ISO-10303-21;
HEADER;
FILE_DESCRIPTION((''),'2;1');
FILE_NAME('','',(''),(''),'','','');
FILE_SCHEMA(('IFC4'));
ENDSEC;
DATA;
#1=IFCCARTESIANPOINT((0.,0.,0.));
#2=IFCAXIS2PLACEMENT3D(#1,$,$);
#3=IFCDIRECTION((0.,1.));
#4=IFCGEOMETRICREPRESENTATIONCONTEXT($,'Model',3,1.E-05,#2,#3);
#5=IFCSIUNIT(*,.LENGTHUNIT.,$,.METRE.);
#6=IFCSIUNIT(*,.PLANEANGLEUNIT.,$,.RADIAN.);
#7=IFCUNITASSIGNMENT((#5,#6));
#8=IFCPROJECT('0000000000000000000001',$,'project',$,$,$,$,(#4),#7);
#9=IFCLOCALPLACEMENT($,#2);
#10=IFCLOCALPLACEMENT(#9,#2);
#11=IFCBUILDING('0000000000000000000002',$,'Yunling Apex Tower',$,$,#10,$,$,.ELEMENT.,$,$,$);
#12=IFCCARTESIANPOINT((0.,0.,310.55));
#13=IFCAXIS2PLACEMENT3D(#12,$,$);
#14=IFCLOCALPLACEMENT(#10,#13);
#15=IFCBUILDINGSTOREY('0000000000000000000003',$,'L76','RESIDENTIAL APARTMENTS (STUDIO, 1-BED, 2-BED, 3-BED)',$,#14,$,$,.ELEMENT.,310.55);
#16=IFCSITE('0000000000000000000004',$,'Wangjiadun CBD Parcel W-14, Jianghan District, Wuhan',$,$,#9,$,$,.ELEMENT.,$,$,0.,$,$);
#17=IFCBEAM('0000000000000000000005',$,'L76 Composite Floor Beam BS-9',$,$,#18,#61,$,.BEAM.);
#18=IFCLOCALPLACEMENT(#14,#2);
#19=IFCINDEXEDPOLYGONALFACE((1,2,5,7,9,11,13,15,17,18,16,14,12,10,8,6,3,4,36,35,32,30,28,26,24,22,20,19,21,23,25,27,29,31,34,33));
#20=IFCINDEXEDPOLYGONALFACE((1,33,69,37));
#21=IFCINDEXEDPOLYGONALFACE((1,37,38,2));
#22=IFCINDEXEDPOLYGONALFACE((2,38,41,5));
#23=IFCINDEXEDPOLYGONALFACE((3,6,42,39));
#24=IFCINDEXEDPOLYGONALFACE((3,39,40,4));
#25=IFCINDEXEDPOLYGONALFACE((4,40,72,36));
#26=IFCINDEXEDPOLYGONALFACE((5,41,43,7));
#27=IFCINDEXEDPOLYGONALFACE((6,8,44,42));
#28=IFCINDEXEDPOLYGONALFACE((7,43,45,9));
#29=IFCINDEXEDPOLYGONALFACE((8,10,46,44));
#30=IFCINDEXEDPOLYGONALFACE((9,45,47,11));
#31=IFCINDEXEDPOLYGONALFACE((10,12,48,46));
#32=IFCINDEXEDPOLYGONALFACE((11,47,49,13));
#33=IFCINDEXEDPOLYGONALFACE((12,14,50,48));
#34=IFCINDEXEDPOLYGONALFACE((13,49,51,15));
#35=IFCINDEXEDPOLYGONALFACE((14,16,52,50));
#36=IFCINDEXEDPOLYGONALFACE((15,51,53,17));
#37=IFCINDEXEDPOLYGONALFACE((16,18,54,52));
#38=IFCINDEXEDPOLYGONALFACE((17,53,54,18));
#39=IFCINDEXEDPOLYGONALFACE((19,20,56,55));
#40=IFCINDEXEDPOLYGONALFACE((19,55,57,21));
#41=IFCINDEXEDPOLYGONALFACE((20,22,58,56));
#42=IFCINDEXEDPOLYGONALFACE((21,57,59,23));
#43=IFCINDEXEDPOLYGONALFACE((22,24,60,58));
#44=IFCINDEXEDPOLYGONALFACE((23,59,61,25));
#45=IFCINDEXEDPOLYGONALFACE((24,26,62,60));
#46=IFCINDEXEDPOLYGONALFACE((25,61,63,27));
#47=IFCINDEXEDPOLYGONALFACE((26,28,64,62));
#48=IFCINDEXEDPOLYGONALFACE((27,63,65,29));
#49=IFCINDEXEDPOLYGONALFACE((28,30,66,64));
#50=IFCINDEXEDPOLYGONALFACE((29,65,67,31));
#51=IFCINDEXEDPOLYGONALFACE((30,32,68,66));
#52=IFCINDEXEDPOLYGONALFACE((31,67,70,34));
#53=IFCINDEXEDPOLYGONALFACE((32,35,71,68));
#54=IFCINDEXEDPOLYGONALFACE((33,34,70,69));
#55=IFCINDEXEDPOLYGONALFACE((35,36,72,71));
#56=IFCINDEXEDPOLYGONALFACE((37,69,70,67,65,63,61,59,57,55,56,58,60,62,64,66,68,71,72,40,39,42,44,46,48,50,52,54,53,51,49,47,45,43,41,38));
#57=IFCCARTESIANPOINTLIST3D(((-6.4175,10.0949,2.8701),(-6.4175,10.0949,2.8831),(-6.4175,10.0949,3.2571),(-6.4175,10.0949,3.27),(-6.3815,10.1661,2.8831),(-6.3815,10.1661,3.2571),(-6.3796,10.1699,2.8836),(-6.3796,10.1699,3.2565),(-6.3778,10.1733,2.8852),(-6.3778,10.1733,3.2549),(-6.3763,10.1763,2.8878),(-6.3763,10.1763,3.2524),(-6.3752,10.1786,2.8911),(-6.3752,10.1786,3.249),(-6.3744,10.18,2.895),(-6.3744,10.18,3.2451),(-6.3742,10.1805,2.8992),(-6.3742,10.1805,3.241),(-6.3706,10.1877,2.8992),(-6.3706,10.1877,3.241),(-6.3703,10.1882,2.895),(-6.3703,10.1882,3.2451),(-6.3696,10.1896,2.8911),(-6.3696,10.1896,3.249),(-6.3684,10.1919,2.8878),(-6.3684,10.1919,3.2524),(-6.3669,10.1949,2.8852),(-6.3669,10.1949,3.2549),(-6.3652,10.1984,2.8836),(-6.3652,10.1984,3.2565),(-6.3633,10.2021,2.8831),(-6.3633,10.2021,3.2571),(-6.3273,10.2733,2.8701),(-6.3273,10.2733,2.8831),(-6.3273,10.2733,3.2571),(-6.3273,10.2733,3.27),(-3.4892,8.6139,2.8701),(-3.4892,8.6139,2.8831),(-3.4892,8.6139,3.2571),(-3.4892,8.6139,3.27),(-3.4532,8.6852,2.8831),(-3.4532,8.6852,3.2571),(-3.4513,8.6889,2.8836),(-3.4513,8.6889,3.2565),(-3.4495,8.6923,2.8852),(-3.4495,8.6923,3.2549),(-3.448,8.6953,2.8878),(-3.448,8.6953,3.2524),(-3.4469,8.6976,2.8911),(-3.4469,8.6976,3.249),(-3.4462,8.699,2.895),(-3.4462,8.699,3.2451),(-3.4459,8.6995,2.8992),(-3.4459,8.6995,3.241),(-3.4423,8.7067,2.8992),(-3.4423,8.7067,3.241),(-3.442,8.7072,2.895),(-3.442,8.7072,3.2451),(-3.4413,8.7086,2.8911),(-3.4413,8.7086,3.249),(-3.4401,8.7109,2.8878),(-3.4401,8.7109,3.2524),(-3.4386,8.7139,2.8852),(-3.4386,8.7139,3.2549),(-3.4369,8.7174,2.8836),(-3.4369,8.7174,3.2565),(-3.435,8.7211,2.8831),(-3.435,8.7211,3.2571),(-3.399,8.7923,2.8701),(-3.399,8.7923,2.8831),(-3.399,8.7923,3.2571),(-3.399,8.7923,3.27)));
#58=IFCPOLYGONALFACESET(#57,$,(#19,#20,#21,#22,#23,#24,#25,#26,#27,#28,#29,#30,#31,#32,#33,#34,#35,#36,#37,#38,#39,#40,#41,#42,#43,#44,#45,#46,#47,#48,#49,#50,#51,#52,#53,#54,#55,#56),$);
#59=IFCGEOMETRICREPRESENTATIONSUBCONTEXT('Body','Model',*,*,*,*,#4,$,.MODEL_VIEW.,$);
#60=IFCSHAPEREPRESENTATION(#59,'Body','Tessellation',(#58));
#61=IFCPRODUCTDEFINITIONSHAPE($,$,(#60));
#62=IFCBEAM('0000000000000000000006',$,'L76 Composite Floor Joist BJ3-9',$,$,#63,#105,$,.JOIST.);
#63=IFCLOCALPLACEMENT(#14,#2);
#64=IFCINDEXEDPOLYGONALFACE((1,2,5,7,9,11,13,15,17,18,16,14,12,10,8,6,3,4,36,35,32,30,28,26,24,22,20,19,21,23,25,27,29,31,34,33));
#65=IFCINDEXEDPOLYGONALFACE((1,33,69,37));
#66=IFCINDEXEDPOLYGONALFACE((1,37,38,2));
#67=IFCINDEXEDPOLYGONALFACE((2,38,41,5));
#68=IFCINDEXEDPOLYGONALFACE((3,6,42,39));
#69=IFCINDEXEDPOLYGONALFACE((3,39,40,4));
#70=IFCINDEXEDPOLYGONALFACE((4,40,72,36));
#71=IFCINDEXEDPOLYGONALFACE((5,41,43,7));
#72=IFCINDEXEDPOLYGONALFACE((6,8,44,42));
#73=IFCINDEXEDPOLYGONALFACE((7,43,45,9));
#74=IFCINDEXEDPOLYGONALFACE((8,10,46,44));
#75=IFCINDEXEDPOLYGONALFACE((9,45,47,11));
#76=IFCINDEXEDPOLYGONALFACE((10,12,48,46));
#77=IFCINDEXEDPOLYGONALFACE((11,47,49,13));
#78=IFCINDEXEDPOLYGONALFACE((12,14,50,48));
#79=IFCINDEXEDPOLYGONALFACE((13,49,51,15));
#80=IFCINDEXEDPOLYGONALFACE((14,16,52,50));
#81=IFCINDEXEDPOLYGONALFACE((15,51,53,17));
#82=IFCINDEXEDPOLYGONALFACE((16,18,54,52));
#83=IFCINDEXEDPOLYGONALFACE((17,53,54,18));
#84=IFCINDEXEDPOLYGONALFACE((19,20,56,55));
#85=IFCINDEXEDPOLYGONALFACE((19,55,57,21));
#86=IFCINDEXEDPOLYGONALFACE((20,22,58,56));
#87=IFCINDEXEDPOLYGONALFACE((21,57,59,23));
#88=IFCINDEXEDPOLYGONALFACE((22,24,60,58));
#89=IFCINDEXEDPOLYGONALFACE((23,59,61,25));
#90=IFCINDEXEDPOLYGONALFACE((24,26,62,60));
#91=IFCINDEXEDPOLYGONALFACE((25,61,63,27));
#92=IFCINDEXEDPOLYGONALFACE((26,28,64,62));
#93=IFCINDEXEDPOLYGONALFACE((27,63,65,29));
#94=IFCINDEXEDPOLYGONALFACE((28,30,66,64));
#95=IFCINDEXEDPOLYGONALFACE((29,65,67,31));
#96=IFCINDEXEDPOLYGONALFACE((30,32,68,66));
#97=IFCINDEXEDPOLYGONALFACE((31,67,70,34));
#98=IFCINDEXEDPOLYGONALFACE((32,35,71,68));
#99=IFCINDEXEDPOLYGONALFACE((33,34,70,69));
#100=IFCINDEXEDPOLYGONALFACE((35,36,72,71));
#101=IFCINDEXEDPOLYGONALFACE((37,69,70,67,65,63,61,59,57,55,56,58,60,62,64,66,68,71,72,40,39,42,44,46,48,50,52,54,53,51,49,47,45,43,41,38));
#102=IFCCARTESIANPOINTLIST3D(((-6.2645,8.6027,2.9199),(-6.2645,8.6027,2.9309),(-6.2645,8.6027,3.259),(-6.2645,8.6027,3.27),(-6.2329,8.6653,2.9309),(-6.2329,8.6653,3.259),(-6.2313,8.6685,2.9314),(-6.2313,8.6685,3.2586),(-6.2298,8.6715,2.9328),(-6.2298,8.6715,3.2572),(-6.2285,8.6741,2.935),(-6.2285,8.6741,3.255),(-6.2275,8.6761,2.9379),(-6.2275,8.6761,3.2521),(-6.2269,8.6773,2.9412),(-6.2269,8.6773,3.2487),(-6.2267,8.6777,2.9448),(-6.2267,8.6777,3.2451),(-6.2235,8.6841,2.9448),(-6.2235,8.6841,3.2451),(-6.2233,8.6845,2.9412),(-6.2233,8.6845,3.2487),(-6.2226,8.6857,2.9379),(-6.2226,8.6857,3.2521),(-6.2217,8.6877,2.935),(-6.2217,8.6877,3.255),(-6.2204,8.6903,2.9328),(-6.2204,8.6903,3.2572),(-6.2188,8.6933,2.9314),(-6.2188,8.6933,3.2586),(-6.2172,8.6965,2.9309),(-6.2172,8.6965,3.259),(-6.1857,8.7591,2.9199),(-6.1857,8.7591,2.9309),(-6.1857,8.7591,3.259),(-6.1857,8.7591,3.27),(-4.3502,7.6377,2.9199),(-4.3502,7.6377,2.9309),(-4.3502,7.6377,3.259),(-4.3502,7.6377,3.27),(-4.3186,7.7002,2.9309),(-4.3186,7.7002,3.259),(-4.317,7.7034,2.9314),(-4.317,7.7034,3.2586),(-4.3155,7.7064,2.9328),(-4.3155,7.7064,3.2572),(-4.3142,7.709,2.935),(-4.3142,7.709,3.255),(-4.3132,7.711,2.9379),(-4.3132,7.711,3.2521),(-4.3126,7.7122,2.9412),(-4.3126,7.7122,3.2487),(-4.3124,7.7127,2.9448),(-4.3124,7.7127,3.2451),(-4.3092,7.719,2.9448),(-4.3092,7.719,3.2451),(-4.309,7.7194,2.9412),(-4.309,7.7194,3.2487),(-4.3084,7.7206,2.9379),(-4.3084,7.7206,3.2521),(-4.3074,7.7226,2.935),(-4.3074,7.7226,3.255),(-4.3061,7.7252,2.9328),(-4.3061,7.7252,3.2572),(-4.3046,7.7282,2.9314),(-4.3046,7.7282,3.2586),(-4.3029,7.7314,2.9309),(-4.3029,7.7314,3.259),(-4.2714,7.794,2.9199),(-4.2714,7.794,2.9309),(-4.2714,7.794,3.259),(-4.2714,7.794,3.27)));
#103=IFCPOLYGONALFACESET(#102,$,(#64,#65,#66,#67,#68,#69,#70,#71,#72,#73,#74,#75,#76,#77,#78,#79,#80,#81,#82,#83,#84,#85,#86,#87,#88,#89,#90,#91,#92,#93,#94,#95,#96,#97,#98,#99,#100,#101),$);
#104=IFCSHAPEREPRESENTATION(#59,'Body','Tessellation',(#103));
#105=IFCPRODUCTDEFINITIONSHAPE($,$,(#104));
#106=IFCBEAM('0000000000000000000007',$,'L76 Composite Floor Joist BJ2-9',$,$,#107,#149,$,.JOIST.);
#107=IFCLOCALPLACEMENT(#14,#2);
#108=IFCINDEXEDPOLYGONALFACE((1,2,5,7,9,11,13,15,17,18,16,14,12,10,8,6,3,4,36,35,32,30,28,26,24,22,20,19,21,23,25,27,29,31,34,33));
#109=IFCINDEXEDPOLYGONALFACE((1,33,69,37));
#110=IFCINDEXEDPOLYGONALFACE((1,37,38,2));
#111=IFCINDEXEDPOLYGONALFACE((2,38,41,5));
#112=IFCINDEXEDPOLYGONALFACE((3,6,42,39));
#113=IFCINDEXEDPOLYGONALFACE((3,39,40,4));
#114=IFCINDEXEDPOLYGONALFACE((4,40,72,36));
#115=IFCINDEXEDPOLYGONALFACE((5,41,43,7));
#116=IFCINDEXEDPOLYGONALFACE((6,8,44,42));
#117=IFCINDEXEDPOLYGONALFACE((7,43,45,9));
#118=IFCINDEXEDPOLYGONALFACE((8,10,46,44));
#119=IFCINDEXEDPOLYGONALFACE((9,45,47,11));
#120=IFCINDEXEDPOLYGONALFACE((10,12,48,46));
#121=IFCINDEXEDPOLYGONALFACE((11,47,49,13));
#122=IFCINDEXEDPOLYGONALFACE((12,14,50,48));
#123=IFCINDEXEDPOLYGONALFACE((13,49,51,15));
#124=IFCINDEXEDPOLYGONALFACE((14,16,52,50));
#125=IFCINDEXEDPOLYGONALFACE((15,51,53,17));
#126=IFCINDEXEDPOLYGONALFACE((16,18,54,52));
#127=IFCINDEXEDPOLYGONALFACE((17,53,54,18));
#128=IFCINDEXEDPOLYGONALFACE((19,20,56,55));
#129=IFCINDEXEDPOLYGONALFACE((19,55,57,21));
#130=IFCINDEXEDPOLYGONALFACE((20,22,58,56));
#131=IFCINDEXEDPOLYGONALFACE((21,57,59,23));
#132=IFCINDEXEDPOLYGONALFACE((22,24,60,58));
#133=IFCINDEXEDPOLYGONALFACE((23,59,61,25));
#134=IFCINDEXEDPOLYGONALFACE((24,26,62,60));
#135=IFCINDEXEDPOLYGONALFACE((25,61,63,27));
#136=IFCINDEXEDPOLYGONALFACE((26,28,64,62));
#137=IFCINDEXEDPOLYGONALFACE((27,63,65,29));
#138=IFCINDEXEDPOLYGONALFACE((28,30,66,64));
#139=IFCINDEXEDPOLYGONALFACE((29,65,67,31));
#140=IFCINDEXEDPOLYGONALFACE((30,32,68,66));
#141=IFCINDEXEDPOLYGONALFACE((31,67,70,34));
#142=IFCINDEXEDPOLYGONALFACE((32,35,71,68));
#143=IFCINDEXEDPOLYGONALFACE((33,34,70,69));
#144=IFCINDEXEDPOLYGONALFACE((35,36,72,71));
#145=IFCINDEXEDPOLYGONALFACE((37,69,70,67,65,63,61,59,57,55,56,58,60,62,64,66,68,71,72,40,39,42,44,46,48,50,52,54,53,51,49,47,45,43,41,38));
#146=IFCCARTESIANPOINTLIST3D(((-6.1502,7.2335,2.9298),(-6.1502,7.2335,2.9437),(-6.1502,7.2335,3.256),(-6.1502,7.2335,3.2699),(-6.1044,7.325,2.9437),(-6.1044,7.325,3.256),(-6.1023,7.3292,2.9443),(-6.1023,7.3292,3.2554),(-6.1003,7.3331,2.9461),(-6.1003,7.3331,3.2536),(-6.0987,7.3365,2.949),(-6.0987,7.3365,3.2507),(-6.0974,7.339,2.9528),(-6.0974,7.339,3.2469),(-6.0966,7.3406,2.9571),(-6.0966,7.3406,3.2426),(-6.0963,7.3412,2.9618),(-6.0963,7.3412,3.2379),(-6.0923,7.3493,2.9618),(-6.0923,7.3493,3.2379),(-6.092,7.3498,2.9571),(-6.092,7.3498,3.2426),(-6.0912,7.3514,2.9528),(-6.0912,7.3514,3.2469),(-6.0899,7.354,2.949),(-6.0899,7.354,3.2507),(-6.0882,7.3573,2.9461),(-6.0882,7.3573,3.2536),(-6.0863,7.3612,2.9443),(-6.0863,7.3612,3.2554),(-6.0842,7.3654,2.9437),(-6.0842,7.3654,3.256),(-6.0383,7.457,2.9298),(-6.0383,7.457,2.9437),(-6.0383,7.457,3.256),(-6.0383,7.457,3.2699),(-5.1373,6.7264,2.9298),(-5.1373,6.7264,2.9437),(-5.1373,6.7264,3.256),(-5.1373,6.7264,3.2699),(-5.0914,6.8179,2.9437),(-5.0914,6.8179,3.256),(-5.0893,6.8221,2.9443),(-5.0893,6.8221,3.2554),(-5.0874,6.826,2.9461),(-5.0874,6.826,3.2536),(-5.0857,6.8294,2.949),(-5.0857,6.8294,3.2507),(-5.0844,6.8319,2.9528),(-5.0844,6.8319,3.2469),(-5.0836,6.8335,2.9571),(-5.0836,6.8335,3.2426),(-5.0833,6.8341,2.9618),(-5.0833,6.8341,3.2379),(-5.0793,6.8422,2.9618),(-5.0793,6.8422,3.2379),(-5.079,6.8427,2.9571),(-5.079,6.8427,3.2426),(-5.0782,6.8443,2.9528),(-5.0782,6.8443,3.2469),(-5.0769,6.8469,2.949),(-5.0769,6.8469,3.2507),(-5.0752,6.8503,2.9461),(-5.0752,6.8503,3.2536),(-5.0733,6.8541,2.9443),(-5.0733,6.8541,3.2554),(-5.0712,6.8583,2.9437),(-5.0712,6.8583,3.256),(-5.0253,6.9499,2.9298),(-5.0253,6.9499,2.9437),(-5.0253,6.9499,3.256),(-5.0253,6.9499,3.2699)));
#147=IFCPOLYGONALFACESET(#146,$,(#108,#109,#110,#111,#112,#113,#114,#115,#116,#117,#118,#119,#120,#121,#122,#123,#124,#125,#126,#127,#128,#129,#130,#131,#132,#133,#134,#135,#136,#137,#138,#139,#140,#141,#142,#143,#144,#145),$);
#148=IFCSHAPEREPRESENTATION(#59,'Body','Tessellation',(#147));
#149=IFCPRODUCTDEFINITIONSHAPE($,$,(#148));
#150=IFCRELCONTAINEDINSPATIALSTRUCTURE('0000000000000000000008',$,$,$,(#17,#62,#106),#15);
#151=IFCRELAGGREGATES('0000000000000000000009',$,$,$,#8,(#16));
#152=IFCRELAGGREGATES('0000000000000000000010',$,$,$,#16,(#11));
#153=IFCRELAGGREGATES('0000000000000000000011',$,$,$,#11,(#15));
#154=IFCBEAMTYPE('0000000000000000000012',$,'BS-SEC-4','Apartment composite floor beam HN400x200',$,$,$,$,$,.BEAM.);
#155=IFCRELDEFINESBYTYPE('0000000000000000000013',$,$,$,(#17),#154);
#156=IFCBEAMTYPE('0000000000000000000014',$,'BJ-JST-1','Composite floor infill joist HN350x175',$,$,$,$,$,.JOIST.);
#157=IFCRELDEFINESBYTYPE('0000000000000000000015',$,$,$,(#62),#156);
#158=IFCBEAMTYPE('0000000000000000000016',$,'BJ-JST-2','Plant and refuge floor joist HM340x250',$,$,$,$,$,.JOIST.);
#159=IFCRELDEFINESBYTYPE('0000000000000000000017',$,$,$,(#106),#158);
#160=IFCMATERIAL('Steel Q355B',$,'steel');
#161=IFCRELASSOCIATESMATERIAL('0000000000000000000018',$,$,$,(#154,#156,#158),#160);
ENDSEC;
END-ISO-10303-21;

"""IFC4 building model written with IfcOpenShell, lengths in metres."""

from ifc_helpers import new_model, si_unit, direction, frame, origin, origin_2d, place, context, subcontext, project, spatial, i_section, extrude, source, transform, mapped, material, material_profile, profile_set, type_object, element, save


model = new_model("IFC4")

# Units and contexts
model_context = context("Model", 3, precision=1e-05, world=origin(), true_north=direction((0.0, 1.0)))
body_context = subcontext(model_context, "Body", "Model", "MODEL_VIEW")
ifc_project = project(units=[si_unit("LENGTHUNIT", "METRE"), si_unit("PLANEANGLEUNIT", "RADIAN")], contexts=[model_context])

# Site, building, storey
site_placement = place(None, origin())
site = spatial("IfcSite", under=ifc_project, at=site_placement, Name="Wangjiadun CBD Parcel W-14, Jianghan District, Wuhan", CompositionType="ELEMENT", RefElevation=0.0)
building_placement = place(site_placement, origin())
building = spatial("IfcBuilding", under=site, at=building_placement, Name="Yunling Apex Tower", CompositionType="ELEMENT")
storey_placement = place(building_placement, frame((0.0, 0.0, 310.55)))
storey = spatial("IfcBuildingStorey", under=building, at=storey_placement, Name="L76", Description="RESIDENTIAL APARTMENTS (STUDIO, 1-BED, 2-BED, 3-BED)", CompositionType="ELEMENT", Elevation=310.55)

# Shared definitions
ifc_material_1 = material(Name="Steel Q355B", Category="steel")

# Beams
ifc_material_profile_1 = material_profile(ifc_material_1, i_section(OverallWidth=0.2, OverallDepth=0.3999, WebThickness=0.0081, FlangeThickness=0.0129, FilletRadius=0.0161, at=origin_2d()))
ifc_profile_set_1 = profile_set([ifc_material_profile_1], Name="Steel Q355B")
beam_type_1 = type_object("IfcBeamType", Name="BS-SEC-4", Description="Apartment composite floor beam HN400x200", PredefinedType="BEAM", material=ifc_profile_set_1)
shared_shape_1 = source(origin(), body_context, "Body", "SweptSolid", [
    extrude(i_section(OverallWidth=0.2, OverallDepth=0.3999, WebThickness=0.0081, FlangeThickness=0.0129, FilletRadius=0.0161, at=origin_2d()), origin(), (0.0, 0.0, 1.0), 3.2815),
])
beam_1_placement = place(storey_placement, frame((-3.4441, 8.7031, 3.0701), z_axis=(-0.892364, 0.451316, 0.0), x_axis=(-0.451316, -0.892364, 0.0)))
element("IfcBeam", 1, at=beam_1_placement, inside=storey, type_object=beam_type_1, Name="L76 Composite Floor Beam BS-9", PredefinedType="BEAM", context=body_context, shape_type="MappedRepresentation", body=[
    mapped(shared_shape_1, transform((0.0, 0.0, 0.0), scale=1.0)),
])
ifc_material_profile_2 = material_profile(ifc_material_1, i_section(OverallWidth=0.175, OverallDepth=0.3501, WebThickness=0.0071, FlangeThickness=0.011, FilletRadius=0.0139, at=origin_2d()))
ifc_profile_set_2 = profile_set([ifc_material_profile_2], Name="Steel Q355B")
beam_type_2 = type_object("IfcBeamType", Name="BJ-JST-1", Description="Composite floor infill joist HN350x175", PredefinedType="JOIST", material=ifc_profile_set_2)
shared_shape_2 = source(origin(), body_context, "Body", "SweptSolid", [
    extrude(i_section(OverallWidth=0.175, OverallDepth=0.3501, WebThickness=0.0071, FlangeThickness=0.011, FilletRadius=0.0139, at=origin_2d()), origin(), (0.0, 0.0, 1.0), 2.1438),
])
beam_2_placement = place(storey_placement, frame((-4.3108, 7.7158, 3.095), z_axis=(-0.892942, 0.450172, 0.0), x_axis=(-0.450172, -0.892942, 0.0)))
element("IfcBeam", 2, at=beam_2_placement, inside=storey, type_object=beam_type_2, Name="L76 Composite Floor Joist BJ3-9", PredefinedType="JOIST", context=body_context, shape_type="MappedRepresentation", body=[
    mapped(shared_shape_2, transform((0.0, 0.0, 0.0), scale=1.0)),
])
ifc_material_profile_3 = material_profile(ifc_material_1, i_section(OverallWidth=0.25, OverallDepth=0.3401, WebThickness=0.009, FlangeThickness=0.0139, FilletRadius=0.0181, at=origin_2d()))
ifc_profile_set_3 = profile_set([ifc_material_profile_3], Name="Steel Q355B")
beam_type_3 = type_object("IfcBeamType", Name="BJ-JST-2", Description="Plant and refuge floor joist HM340x250", PredefinedType="JOIST", material=ifc_profile_set_3)
shared_shape_3 = source(origin(), body_context, "Body", "SweptSolid", [
    extrude(i_section(OverallWidth=0.25, OverallDepth=0.3401, WebThickness=0.009, FlangeThickness=0.0139, FilletRadius=0.0181, at=origin_2d()), origin(), (0.0, 0.0, 1.0), 1.1328),
])
beam_3_placement = place(storey_placement, frame((-5.0813, 6.8381, 3.0999), z_axis=(-0.894212, 0.447645, 0.0), x_axis=(-0.447645, -0.894212, 0.0)))
element("IfcBeam", 3, at=beam_3_placement, inside=storey, type_object=beam_type_3, Name="L76 Composite Floor Joist BJ2-9", PredefinedType="JOIST", context=body_context, shape_type="MappedRepresentation", body=[
    mapped(shared_shape_3, transform((0.0, 0.0, 0.0), scale=1.0)),
])

save(model, "model.ifc")
